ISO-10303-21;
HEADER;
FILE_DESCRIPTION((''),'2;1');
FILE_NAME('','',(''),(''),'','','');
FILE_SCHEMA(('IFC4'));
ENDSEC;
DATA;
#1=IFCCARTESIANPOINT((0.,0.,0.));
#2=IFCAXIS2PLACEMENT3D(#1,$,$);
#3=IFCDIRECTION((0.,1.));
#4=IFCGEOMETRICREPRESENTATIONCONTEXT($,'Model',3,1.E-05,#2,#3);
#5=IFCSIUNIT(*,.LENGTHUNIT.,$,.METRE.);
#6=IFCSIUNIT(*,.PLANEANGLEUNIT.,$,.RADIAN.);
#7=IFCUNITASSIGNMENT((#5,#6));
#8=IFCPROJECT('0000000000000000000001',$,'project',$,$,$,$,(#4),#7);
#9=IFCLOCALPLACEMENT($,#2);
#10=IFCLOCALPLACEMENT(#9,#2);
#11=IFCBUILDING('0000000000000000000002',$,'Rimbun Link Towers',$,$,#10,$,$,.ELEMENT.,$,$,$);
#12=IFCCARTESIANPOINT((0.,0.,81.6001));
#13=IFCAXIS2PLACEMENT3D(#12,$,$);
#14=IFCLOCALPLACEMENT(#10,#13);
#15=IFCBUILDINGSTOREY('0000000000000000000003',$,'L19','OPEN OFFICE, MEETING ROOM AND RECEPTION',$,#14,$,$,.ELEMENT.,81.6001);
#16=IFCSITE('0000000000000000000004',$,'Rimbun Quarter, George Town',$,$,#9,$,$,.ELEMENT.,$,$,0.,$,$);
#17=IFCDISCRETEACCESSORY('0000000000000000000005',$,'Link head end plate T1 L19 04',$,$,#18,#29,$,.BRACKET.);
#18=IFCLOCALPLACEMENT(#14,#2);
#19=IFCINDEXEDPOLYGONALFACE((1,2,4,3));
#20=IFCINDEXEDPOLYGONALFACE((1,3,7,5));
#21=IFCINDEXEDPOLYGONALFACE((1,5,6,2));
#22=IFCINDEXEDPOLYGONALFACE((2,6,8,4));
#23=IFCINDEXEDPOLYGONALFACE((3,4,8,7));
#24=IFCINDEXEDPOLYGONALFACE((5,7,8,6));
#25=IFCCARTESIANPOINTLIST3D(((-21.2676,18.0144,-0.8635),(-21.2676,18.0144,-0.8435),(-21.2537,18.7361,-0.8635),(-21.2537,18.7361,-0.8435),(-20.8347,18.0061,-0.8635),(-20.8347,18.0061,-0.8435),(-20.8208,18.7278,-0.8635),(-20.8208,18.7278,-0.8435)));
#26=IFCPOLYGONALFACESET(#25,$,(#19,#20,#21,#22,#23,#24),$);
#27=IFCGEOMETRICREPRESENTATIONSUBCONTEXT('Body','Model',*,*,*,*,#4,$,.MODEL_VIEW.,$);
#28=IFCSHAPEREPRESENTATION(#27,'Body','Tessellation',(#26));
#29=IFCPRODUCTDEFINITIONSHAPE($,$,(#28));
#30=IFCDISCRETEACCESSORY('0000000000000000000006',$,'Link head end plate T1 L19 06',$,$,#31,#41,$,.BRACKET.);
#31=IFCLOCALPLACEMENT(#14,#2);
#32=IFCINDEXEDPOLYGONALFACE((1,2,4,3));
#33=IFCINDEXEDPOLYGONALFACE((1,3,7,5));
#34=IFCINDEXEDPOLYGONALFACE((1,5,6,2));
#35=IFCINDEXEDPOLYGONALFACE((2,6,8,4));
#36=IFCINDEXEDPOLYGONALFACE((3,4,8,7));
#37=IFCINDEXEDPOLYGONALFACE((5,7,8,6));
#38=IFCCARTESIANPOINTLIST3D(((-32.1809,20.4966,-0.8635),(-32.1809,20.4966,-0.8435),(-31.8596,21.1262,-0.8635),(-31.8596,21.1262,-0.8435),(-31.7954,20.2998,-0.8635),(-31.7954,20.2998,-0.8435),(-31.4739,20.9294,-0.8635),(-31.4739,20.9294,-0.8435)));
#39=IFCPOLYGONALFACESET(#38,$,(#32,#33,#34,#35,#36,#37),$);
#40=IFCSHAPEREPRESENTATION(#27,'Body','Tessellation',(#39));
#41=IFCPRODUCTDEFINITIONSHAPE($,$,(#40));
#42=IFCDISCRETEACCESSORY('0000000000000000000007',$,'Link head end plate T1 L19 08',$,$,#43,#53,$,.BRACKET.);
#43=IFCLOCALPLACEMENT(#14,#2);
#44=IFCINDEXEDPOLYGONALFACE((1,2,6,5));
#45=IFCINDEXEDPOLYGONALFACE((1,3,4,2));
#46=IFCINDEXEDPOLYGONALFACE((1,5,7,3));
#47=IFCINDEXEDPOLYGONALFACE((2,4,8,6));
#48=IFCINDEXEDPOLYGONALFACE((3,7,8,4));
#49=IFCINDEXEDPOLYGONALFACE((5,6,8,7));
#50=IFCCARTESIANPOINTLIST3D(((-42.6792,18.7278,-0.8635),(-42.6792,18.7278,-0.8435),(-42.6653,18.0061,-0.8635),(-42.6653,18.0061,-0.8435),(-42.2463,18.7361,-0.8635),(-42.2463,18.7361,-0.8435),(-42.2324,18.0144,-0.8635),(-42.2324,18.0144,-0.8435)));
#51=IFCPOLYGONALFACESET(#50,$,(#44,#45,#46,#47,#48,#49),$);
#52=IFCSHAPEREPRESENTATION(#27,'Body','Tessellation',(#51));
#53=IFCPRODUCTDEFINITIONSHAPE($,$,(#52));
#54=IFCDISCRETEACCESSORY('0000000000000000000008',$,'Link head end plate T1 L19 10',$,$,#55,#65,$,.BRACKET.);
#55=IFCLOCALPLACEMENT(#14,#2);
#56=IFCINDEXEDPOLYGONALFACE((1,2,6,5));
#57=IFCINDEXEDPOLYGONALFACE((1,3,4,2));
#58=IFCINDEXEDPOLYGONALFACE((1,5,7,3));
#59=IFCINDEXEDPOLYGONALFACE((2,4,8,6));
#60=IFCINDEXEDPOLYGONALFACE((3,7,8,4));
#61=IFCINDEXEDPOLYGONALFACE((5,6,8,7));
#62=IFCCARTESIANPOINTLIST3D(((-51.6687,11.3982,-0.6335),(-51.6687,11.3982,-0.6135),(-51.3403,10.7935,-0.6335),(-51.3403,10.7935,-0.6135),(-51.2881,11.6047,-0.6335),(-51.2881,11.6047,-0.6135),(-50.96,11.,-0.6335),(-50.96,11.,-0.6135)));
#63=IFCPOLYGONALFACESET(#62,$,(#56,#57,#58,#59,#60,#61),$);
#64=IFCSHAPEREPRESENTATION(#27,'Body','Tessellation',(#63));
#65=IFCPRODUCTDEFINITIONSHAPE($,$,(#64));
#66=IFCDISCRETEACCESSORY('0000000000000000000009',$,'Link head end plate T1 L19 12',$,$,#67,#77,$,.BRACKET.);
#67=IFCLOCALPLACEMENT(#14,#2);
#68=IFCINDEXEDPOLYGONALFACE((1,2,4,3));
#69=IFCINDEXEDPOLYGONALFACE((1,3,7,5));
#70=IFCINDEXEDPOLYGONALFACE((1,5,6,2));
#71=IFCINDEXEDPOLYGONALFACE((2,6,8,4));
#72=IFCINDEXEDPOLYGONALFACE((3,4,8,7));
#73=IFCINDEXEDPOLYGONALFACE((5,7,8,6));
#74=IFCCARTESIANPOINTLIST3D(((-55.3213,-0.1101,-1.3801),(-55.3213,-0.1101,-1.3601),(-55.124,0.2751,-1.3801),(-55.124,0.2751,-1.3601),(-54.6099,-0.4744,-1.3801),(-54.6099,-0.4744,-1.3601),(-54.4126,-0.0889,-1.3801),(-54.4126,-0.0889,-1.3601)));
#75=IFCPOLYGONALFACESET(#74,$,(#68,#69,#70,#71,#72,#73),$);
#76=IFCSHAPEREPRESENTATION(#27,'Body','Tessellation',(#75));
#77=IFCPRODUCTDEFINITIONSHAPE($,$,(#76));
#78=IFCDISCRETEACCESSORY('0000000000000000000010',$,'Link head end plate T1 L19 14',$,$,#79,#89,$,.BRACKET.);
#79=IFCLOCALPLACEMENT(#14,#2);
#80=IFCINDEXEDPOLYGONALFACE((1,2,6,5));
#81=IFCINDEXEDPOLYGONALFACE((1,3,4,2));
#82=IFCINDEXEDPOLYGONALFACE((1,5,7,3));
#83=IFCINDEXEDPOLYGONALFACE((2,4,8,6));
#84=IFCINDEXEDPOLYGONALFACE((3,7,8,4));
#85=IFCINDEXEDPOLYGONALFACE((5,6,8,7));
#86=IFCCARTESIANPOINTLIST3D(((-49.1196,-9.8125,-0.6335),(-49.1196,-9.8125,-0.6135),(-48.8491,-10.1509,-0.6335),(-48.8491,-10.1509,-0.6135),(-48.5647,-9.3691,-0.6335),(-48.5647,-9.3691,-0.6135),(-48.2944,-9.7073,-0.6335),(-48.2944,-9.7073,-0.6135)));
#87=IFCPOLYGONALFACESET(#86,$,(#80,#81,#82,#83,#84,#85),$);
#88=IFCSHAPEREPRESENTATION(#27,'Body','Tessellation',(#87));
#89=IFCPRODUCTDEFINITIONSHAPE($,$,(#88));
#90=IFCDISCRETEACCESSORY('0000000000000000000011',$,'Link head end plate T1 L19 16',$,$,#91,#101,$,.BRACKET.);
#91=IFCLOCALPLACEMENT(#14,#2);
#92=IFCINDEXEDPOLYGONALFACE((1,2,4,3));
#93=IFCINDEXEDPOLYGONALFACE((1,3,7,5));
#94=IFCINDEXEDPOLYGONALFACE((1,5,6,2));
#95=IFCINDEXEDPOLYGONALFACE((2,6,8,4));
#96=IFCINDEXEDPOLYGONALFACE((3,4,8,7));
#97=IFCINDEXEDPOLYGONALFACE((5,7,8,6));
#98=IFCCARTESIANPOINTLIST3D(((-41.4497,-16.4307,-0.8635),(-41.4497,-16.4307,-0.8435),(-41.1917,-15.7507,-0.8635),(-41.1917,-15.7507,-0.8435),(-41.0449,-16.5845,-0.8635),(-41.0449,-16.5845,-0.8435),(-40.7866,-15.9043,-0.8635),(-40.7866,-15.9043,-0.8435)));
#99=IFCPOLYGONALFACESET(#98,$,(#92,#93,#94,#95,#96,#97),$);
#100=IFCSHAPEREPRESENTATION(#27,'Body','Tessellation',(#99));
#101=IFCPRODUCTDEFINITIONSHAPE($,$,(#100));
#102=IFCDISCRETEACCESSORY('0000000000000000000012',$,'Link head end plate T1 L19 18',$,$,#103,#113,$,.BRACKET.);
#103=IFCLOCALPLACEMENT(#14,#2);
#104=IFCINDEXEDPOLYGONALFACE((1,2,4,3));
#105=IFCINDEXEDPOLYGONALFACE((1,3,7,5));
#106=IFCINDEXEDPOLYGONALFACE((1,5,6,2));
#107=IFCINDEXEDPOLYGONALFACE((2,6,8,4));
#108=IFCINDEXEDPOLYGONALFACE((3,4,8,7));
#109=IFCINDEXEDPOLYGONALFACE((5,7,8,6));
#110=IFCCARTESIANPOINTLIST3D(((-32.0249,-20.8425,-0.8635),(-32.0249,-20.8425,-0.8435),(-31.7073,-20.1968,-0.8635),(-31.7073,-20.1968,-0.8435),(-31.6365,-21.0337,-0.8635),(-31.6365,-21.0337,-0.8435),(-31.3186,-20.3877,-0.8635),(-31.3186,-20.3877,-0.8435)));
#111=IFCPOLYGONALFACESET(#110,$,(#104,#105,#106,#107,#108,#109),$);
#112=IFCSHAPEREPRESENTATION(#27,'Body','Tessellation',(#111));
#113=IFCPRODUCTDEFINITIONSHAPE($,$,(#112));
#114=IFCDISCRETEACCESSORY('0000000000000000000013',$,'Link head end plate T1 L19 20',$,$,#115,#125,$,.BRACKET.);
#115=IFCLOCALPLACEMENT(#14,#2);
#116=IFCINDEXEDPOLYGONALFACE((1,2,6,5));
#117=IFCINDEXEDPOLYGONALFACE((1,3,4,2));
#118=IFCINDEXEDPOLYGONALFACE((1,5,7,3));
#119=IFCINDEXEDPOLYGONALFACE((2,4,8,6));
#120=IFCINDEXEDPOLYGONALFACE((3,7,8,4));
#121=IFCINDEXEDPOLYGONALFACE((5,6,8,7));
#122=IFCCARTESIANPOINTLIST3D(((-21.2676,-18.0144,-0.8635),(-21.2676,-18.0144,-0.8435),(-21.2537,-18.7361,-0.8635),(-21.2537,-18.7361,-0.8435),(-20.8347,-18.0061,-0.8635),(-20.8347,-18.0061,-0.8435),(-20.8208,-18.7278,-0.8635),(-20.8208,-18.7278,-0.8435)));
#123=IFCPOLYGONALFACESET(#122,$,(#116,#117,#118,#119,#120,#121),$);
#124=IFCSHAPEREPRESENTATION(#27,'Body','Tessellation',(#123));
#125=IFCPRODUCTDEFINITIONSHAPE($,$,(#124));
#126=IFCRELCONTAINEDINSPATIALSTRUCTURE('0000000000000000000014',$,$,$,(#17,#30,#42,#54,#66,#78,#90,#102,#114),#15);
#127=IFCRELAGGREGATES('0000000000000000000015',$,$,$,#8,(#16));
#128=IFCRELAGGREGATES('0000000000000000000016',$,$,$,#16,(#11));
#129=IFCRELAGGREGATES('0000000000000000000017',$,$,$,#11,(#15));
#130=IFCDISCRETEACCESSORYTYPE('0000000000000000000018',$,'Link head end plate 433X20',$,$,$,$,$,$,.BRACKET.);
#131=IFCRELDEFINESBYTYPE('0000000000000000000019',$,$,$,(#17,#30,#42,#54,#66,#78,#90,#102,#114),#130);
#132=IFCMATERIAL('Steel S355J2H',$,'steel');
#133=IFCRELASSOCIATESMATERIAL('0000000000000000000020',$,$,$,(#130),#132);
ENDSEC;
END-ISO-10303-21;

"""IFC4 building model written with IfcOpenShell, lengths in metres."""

from ifc_helpers import new_model, si_unit, direction, frame, origin, origin_2d, place, context, subcontext, project, spatial, polyline, rectangle, outline, extrude, material, material_profile, profile_set, type_object, element, save


model = new_model("IFC4")

# Units and contexts
model_context = context("Model", 3, precision=1e-05, world=origin(), true_north=direction((0.0, 1.0)))
body_context = subcontext(model_context, "Body", "Model", "MODEL_VIEW")
ifc_project = project(units=[si_unit("LENGTHUNIT", "METRE"), si_unit("PLANEANGLEUNIT", "RADIAN")], contexts=[model_context])

# Site, building, storey
site_placement = place(None, origin())
site = spatial("IfcSite", under=ifc_project, at=site_placement, Name="Rimbun Quarter, George Town", CompositionType="ELEMENT", RefElevation=0.0)
building_placement = place(site_placement, origin())
building = spatial("IfcBuilding", under=site, at=building_placement, Name="Rimbun Link Towers", CompositionType="ELEMENT")
storey_placement = place(building_placement, frame((0.0, 0.0, 81.6001)))
storey = spatial("IfcBuildingStorey", under=building, at=storey_placement, Name="L19", Description="OPEN OFFICE, MEETING ROOM AND RECEPTION", CompositionType="ELEMENT", Elevation=81.6001)

# Discrete accessories
ifc_material_1 = material(Name="Steel S355J2H", Category="steel")
ifc_material_profile_1 = material_profile(ifc_material_1, rectangle(XDim=0.4331, YDim=0.4331, at=origin_2d()), Name="PL 433x433")
ifc_profile_set_1 = profile_set([ifc_material_profile_1], Name="Steel S355J2H")
discrete_accessory_type_1 = type_object("IfcDiscreteAccessoryType", Name="Link head end plate 433X20", PredefinedType="BRACKET", material=ifc_profile_set_1)
discrete_accessory_1_placement = place(storey_placement, frame((0.0, 0.0, -0.8635)))
element("IfcDiscreteAccessory", 1, at=discrete_accessory_1_placement, inside=storey, type_object=discrete_accessory_type_1, Name="Link head end plate T1 L19 04", PredefinedType="BRACKET", context=body_context, shape_type="SweptSolid", body=[
    extrude(outline(polyline([(-20.8347, 18.0061), (-20.8208, 18.7278), (-21.2537, 18.7361), (-21.2676, 18.0144), (-20.8347, 18.0061)])), origin(), (0.0, 0.0, 1.0), 0.02),
])
discrete_accessory_2_placement = place(storey_placement, frame((0.0, 0.0, -0.8635)))
element("IfcDiscreteAccessory", 2, at=discrete_accessory_2_placement, inside=storey, type_object=discrete_accessory_type_1, Name="Link head end plate T1 L19 06", PredefinedType="BRACKET", context=body_context, shape_type="SweptSolid", body=[
    extrude(outline(polyline([(-31.7954, 20.2998), (-31.4739, 20.9294), (-31.8596, 21.1262), (-32.1809, 20.4966), (-31.7954, 20.2998)])), origin(), (0.0, 0.0, 1.0), 0.02),
])
discrete_accessory_3_placement = place(storey_placement, frame((0.0, 0.0, -0.8635)))
element("IfcDiscreteAccessory", 3, at=discrete_accessory_3_placement, inside=storey, type_object=discrete_accessory_type_1, Name="Link head end plate T1 L19 08", PredefinedType="BRACKET", context=body_context, shape_type="SweptSolid", body=[
    extrude(outline(polyline([(-42.2324, 18.0144), (-42.2463, 18.7361), (-42.6792, 18.7278), (-42.6653, 18.0061), (-42.2324, 18.0144)])), origin(), (0.0, 0.0, 1.0), 0.02),
])
discrete_accessory_4_placement = place(storey_placement, frame((0.0, 0.0, -0.6335)))
element("IfcDiscreteAccessory", 4, at=discrete_accessory_4_placement, inside=storey, type_object=discrete_accessory_type_1, Name="Link head end plate T1 L19 10", PredefinedType="BRACKET", context=body_context, shape_type="SweptSolid", body=[
    extrude(outline(polyline([(-50.96, 11.0), (-51.2881, 11.6047), (-51.6687, 11.3982), (-51.3403, 10.7935), (-50.96, 11.0)])), origin(), (0.0, 0.0, 1.0), 0.02),
])
discrete_accessory_5_placement = place(storey_placement, frame((0.0, 0.0, -1.3801)))
element("IfcDiscreteAccessory", 5, at=discrete_accessory_5_placement, inside=storey, type_object=discrete_accessory_type_1, Name="Link head end plate T1 L19 12", PredefinedType="BRACKET", context=body_context, shape_type="SweptSolid", body=[
    extrude(outline(polyline([(-54.4126, -0.0889), (-55.124, 0.2751), (-55.3213, -0.1101), (-54.6099, -0.4744), (-54.4126, -0.0889)])), origin(), (0.0, 0.0, 1.0), 0.02),
])
discrete_accessory_6_placement = place(storey_placement, frame((0.0, 0.0, -0.6335)))
element("IfcDiscreteAccessory", 6, at=discrete_accessory_6_placement, inside=storey, type_object=discrete_accessory_type_1, Name="Link head end plate T1 L19 14", PredefinedType="BRACKET", context=body_context, shape_type="SweptSolid", body=[
    extrude(outline(polyline([(-48.5647, -9.3691), (-49.1196, -9.8125), (-48.8491, -10.1509), (-48.2944, -9.7073), (-48.5647, -9.3691)])), origin(), (0.0, 0.0, 1.0), 0.02),
])
discrete_accessory_7_placement = place(storey_placement, frame((0.0, 0.0, -0.8635)))
element("IfcDiscreteAccessory", 7, at=discrete_accessory_7_placement, inside=storey, type_object=discrete_accessory_type_1, Name="Link head end plate T1 L19 16", PredefinedType="BRACKET", context=body_context, shape_type="SweptSolid", body=[
    extrude(outline(polyline([(-41.1917, -15.7507), (-41.4497, -16.4307), (-41.0449, -16.5845), (-40.7866, -15.9043), (-41.1917, -15.7507)])), origin(), (0.0, 0.0, 1.0), 0.02),
])
discrete_accessory_8_placement = place(storey_placement, frame((0.0, 0.0, -0.8635)))
element("IfcDiscreteAccessory", 8, at=discrete_accessory_8_placement, inside=storey, type_object=discrete_accessory_type_1, Name="Link head end plate T1 L19 18", PredefinedType="BRACKET", context=body_context, shape_type="SweptSolid", body=[
    extrude(outline(polyline([(-31.7073, -20.1968), (-32.0249, -20.8425), (-31.6365, -21.0337), (-31.3186, -20.3877), (-31.7073, -20.1968)])), origin(), (0.0, 0.0, 1.0), 0.02),
])
discrete_accessory_9_placement = place(storey_placement, frame((0.0, 0.0, -0.8635)))
element("IfcDiscreteAccessory", 9, at=discrete_accessory_9_placement, inside=storey, type_object=discrete_accessory_type_1, Name="Link head end plate T1 L19 20", PredefinedType="BRACKET", context=body_context, shape_type="SweptSolid", body=[
    extrude(outline(polyline([(-21.2676, -18.0144), (-21.2537, -18.7361), (-20.8208, -18.7278), (-20.8347, -18.0061), (-21.2676, -18.0144)])), origin(), (0.0, 0.0, 1.0), 0.02),
])

save(model, "model.ifc")
